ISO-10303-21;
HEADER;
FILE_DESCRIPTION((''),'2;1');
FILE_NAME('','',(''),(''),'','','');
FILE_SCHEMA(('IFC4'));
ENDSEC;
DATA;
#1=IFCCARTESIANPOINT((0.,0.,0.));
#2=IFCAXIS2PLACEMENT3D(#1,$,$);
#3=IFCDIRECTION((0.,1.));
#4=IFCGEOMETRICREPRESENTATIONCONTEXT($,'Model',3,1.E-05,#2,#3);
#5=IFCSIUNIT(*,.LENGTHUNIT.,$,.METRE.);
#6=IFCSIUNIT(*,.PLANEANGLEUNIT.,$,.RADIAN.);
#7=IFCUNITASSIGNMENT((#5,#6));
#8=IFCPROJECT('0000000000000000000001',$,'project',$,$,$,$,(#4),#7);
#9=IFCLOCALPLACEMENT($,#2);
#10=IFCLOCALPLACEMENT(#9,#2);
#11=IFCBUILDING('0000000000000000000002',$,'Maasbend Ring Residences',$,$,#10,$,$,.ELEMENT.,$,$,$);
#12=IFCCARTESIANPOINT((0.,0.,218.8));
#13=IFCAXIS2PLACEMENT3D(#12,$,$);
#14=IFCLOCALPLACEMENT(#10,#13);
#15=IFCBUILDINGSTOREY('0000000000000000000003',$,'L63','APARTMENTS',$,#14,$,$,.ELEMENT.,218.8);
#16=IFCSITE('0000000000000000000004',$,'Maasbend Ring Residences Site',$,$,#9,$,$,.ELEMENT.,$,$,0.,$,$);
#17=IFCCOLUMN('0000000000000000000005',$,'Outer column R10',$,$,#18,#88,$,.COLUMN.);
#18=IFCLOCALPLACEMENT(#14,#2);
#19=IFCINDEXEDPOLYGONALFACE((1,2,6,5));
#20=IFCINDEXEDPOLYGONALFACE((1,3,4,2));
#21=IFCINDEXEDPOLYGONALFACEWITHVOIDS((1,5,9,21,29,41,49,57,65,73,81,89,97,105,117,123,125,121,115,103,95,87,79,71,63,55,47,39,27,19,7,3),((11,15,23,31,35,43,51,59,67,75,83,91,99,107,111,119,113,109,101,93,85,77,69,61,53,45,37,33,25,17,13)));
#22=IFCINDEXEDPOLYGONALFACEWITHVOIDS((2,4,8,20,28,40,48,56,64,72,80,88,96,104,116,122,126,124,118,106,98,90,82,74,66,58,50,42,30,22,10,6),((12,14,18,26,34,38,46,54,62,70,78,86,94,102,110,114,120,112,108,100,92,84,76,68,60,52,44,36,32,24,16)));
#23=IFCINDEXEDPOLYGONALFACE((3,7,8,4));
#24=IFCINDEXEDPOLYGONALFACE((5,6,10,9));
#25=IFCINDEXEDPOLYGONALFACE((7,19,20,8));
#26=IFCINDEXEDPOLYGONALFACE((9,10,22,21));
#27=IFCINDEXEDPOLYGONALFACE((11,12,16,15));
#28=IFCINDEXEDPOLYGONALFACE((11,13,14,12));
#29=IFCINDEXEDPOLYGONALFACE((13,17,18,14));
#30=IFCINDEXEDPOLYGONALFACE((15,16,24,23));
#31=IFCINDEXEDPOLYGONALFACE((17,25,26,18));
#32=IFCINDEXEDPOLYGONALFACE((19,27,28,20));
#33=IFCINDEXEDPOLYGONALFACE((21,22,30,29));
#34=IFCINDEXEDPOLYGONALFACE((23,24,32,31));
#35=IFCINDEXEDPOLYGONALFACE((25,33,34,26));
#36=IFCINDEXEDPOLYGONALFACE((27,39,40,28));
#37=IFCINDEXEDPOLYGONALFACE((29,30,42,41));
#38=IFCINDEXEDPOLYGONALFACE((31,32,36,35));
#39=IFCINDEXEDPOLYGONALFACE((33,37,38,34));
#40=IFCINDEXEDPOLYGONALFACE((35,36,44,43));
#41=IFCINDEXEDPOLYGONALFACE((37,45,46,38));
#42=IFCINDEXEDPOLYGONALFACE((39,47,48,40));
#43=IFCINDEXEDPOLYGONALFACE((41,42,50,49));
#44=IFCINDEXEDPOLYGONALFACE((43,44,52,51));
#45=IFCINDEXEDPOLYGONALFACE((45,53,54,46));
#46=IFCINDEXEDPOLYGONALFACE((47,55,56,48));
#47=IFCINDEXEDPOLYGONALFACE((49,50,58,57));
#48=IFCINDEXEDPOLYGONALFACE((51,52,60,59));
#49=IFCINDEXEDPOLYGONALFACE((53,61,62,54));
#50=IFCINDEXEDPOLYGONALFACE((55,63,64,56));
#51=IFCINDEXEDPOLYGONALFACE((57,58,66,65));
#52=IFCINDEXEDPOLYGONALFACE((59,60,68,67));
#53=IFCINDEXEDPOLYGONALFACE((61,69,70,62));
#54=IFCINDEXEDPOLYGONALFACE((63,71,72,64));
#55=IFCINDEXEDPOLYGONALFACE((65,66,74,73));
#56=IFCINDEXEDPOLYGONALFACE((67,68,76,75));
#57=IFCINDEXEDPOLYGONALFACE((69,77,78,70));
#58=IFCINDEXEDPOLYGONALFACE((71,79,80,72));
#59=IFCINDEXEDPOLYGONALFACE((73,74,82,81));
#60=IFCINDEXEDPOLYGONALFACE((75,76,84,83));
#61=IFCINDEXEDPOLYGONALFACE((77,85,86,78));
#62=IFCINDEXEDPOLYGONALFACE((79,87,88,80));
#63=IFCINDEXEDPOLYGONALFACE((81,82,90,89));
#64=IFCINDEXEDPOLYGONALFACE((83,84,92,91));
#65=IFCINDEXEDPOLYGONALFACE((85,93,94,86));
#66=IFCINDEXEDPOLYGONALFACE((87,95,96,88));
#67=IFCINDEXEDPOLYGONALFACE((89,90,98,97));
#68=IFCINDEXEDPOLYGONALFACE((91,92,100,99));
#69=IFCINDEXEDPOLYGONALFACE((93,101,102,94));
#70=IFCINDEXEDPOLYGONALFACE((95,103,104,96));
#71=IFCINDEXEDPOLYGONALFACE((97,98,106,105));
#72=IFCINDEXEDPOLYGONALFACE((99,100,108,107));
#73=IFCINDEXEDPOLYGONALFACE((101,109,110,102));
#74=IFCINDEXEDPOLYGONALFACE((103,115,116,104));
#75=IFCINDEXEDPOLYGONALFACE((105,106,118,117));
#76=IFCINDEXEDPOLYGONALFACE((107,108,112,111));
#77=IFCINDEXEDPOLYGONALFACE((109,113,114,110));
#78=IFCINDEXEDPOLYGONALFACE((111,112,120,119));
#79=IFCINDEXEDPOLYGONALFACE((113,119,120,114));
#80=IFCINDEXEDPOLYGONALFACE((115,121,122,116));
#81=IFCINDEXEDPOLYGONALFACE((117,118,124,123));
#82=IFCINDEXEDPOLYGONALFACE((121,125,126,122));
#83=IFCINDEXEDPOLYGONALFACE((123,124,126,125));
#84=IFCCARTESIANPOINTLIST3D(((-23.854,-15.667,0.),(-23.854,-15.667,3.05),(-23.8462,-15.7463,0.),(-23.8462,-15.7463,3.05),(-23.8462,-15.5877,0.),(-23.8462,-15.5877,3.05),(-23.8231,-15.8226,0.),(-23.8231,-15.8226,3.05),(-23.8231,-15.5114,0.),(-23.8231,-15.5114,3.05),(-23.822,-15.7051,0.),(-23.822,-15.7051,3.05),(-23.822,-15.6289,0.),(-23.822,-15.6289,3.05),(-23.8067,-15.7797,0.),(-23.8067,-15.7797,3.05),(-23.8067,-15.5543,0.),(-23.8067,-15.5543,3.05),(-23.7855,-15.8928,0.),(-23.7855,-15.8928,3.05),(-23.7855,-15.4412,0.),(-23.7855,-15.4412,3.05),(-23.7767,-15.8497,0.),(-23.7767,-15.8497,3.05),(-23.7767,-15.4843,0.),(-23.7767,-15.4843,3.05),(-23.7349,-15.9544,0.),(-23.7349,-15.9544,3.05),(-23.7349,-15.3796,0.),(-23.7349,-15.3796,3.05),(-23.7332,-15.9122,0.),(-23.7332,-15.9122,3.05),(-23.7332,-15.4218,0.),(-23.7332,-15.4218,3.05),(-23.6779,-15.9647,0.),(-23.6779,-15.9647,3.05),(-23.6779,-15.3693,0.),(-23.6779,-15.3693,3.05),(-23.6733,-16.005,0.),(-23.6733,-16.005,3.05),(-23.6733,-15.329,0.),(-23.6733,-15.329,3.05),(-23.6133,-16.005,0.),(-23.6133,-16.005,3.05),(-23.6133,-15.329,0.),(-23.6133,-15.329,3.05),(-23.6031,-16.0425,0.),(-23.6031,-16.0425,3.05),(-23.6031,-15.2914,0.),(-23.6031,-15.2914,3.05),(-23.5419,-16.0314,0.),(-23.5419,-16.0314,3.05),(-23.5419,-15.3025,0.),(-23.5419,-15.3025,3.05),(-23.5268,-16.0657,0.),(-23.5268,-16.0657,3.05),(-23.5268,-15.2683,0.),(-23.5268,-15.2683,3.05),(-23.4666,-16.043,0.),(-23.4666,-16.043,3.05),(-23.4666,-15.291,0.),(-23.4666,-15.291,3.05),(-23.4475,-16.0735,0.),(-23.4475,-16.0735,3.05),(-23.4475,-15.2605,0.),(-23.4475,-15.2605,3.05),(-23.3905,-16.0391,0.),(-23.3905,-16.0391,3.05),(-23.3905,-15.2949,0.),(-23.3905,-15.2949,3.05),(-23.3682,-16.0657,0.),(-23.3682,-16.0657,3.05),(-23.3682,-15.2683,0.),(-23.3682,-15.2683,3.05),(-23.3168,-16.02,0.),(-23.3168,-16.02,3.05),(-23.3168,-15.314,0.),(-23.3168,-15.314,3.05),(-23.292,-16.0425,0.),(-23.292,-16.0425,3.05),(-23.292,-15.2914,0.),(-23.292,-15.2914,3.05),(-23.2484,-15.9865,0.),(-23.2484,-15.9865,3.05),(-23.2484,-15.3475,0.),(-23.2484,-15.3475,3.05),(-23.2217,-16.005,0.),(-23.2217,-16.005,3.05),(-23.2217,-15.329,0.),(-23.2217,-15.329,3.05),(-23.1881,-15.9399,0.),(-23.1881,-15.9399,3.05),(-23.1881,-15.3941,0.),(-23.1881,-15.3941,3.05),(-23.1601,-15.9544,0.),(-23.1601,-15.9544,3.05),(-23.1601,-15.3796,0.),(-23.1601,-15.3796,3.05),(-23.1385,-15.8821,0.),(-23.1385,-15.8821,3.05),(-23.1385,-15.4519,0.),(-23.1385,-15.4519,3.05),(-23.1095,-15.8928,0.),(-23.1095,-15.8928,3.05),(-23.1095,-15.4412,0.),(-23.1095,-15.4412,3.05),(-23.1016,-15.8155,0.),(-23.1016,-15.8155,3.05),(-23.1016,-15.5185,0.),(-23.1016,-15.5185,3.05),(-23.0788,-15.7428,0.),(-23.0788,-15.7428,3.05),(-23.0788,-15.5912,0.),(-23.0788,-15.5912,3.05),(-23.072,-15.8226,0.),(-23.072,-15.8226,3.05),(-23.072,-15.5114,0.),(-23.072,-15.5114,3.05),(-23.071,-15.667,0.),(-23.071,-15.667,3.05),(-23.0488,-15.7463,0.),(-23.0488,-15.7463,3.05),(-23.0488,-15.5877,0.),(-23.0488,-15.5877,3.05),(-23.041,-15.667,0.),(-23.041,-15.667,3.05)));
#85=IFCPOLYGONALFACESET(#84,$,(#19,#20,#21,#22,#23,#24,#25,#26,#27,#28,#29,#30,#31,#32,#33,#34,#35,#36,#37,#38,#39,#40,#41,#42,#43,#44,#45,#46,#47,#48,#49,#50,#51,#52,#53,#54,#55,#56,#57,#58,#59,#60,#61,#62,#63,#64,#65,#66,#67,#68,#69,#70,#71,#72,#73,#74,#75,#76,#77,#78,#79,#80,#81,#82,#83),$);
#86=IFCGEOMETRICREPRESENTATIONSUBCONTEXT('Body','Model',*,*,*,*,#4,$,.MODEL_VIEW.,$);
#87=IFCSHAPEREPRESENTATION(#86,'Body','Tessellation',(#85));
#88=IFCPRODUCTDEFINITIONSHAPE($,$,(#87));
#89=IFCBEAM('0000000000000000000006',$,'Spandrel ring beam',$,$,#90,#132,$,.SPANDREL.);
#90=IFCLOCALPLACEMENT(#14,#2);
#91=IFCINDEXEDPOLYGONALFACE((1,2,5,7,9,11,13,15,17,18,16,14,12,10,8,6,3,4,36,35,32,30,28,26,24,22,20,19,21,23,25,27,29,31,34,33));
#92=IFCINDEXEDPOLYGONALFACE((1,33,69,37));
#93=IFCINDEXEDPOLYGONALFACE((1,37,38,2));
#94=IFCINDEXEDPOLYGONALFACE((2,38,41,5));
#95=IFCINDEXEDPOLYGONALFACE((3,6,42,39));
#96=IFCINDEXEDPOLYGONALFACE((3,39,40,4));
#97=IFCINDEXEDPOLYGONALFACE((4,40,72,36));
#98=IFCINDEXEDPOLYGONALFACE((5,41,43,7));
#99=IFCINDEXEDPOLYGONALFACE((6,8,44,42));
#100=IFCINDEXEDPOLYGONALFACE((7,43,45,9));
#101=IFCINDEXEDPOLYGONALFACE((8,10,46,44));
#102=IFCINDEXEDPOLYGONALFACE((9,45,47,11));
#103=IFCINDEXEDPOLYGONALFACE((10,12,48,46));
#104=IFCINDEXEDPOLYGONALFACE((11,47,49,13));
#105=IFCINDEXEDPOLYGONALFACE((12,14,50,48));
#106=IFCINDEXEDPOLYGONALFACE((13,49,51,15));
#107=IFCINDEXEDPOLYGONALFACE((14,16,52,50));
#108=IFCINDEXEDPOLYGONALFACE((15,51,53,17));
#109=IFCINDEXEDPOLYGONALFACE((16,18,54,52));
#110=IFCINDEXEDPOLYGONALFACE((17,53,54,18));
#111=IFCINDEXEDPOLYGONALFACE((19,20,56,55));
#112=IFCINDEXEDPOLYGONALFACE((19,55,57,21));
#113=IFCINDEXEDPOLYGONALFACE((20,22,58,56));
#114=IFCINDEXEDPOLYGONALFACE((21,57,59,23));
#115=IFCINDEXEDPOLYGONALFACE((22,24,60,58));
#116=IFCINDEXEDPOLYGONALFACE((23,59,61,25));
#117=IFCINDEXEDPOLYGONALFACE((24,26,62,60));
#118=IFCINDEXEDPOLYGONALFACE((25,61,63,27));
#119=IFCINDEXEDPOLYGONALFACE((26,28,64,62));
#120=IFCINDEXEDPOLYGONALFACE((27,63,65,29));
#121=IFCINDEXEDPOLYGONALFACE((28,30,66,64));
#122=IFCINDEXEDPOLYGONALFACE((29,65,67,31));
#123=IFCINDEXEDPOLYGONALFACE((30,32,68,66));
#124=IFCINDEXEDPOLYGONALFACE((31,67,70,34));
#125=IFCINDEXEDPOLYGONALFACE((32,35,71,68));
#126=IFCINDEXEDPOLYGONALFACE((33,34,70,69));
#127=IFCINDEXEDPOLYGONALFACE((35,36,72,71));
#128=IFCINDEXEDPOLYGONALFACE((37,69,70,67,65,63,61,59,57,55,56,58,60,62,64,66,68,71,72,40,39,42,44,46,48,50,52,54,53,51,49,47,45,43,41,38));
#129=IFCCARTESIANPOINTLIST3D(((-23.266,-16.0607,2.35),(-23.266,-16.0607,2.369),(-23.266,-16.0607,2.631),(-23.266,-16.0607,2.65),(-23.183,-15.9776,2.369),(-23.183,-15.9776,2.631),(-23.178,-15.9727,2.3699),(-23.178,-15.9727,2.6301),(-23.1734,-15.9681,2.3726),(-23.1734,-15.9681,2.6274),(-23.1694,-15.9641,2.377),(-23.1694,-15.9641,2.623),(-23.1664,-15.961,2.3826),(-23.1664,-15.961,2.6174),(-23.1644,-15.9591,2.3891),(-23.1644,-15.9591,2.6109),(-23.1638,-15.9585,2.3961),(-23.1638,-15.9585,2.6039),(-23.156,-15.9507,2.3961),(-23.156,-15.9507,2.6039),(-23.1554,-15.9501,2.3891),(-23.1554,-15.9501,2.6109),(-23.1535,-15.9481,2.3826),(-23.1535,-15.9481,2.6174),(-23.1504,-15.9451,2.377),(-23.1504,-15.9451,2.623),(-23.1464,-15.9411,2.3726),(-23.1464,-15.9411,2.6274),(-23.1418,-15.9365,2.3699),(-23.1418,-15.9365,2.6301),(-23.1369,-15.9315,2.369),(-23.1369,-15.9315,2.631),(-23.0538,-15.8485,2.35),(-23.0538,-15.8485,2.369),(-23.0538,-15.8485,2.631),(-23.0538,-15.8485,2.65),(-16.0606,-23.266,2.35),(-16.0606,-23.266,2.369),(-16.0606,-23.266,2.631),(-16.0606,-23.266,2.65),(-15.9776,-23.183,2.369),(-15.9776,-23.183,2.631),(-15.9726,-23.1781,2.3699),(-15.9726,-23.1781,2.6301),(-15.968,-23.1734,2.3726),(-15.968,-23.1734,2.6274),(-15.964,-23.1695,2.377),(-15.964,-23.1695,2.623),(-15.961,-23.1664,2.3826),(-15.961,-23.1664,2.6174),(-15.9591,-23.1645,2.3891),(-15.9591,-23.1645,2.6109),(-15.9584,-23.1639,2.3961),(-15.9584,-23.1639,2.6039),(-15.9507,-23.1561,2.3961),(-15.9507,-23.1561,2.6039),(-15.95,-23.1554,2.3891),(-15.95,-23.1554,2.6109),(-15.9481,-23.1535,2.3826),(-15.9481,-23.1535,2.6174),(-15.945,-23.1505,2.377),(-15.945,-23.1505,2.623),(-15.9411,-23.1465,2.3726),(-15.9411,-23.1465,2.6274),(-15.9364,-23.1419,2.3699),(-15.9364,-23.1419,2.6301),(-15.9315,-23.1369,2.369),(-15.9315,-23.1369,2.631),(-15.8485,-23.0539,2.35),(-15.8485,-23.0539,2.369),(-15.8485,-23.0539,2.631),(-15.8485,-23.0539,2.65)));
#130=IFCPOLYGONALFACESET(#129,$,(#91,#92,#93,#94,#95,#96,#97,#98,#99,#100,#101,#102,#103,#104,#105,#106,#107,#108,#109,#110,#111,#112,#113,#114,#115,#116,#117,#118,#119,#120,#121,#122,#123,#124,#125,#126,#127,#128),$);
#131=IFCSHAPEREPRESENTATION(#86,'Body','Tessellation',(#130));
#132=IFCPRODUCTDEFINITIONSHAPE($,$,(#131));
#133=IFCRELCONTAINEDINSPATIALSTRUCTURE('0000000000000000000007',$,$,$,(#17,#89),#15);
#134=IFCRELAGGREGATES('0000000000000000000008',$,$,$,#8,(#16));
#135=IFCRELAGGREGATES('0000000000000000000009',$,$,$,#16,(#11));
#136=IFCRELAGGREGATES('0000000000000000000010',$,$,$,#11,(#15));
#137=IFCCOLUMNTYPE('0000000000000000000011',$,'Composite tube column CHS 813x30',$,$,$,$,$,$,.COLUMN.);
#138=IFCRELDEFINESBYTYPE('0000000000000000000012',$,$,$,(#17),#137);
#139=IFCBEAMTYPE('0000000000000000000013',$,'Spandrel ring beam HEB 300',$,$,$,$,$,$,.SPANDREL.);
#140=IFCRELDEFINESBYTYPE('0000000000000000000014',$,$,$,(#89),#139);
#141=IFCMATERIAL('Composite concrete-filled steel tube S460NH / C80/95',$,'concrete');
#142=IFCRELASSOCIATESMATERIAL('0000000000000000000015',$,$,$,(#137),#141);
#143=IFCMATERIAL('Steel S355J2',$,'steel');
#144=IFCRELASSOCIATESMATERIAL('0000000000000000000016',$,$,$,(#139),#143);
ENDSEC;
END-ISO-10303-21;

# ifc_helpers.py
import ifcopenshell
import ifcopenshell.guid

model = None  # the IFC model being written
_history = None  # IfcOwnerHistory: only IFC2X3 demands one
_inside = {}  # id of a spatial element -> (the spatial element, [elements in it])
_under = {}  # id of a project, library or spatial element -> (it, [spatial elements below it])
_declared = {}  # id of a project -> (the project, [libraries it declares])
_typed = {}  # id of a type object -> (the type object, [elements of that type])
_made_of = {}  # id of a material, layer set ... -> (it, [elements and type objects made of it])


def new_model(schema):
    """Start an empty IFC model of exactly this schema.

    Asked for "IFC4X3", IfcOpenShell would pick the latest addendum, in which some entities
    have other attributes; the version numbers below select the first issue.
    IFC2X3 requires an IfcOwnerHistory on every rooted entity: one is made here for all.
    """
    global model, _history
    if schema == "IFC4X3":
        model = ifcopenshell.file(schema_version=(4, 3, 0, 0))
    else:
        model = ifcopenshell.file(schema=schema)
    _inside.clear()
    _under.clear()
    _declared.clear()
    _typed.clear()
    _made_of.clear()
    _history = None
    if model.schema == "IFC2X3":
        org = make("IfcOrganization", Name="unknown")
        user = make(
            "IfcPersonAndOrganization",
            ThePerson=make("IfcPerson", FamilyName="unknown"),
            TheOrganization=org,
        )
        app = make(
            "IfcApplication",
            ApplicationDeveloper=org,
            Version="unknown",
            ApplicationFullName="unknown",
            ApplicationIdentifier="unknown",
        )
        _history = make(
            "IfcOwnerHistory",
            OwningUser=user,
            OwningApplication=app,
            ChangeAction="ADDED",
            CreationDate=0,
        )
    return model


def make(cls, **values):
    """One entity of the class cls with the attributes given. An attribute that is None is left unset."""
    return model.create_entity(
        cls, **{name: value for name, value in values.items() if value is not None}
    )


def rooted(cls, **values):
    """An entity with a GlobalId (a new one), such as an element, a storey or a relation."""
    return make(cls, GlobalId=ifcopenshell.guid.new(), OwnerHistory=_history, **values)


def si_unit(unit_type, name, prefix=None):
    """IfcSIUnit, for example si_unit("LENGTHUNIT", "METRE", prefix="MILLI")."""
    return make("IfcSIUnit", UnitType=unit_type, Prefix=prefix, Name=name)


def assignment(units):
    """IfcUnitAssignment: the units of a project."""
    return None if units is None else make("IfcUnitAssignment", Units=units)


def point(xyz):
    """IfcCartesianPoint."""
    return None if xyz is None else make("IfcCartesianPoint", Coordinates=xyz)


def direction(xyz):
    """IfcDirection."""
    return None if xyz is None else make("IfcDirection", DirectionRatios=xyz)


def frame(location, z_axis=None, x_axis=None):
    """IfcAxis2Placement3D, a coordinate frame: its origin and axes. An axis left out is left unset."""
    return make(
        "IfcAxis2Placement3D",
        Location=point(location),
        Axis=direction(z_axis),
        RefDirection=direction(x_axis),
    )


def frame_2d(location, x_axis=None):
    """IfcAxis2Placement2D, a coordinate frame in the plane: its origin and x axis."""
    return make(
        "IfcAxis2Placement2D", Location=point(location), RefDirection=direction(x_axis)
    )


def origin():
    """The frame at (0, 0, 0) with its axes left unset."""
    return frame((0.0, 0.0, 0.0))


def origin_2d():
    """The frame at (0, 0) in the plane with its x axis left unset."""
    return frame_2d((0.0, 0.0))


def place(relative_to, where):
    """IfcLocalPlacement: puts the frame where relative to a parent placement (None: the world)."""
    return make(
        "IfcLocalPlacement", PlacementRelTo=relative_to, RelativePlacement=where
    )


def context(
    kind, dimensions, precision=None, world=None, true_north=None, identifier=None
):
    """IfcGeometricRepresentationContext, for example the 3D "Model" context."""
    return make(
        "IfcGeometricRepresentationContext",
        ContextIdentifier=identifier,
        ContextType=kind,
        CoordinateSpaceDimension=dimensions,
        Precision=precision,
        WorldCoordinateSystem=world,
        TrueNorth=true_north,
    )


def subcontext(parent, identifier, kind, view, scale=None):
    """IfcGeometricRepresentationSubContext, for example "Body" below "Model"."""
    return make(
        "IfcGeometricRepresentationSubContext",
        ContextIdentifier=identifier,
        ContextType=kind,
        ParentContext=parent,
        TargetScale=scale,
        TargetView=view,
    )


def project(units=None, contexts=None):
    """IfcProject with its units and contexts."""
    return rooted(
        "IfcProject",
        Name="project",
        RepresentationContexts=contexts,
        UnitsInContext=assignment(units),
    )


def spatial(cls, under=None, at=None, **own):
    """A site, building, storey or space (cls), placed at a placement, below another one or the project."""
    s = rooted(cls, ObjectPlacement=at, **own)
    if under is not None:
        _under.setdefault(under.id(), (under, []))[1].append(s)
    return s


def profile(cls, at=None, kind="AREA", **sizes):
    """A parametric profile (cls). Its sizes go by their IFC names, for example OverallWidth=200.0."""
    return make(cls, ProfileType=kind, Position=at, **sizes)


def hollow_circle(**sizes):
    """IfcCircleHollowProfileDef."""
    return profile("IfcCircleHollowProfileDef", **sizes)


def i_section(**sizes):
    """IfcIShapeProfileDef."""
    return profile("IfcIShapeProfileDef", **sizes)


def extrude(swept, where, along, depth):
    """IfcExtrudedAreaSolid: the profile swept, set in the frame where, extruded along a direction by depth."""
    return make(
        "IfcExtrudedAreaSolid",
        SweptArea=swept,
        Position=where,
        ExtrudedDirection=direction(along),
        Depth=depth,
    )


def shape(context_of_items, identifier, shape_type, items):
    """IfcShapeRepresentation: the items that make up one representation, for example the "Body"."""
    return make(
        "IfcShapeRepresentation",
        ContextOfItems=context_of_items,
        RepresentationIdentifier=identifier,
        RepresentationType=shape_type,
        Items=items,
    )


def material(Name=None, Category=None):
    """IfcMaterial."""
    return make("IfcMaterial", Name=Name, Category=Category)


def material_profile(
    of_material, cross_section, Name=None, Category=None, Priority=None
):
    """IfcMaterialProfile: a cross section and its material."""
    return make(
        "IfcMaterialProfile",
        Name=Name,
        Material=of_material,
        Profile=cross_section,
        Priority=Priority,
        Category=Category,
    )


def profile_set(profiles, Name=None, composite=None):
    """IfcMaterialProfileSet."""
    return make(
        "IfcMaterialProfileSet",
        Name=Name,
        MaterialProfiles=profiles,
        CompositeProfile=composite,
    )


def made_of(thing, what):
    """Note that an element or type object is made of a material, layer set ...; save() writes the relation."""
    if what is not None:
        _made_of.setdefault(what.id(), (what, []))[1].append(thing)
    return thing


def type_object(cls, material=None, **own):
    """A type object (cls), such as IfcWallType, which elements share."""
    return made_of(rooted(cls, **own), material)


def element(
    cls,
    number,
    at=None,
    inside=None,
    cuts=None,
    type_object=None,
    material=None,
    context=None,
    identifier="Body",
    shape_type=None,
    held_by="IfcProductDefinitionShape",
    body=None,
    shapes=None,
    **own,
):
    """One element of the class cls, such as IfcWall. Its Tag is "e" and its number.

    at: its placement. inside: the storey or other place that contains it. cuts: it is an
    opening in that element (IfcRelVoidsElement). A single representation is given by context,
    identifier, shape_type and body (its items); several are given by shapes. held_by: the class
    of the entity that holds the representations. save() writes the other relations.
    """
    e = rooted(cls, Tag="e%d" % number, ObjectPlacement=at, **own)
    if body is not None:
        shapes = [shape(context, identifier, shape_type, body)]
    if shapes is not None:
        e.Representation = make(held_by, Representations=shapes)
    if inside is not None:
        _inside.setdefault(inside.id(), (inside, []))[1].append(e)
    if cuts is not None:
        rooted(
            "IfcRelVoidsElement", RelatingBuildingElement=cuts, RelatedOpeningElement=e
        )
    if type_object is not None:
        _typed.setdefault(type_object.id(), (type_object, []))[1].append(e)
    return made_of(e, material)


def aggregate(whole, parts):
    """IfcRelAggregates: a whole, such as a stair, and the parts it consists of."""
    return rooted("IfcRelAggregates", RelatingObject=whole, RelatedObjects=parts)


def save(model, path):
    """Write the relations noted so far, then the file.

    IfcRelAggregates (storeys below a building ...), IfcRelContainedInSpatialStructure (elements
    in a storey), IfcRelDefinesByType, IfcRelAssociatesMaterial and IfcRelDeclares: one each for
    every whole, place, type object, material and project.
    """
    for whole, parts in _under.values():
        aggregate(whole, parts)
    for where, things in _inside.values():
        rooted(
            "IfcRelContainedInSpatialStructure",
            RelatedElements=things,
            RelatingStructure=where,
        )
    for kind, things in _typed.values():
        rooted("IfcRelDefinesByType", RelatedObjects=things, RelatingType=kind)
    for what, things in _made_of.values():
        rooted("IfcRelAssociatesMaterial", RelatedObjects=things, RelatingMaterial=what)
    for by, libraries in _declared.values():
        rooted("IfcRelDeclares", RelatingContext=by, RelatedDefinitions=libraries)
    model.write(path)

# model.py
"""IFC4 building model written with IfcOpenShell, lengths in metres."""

from ifc_helpers import new_model, si_unit, direction, frame, origin, origin_2d, place, context, subcontext, project, spatial, hollow_circle, i_section, extrude, material, material_profile, profile_set, type_object, element, save


model = new_model("IFC4")

# Units and contexts
model_context = context("Model", 3, precision=1e-05, world=origin(), true_north=direction((0.0, 1.0)))
body_context = subcontext(model_context, "Body", "Model", "MODEL_VIEW")
ifc_project = project(units=[si_unit("LENGTHUNIT", "METRE"), si_unit("PLANEANGLEUNIT", "RADIAN")], contexts=[model_context])

# Site, building, storey
site_placement = place(None, origin())
site = spatial("IfcSite", under=ifc_project, at=site_placement, Name="Maasbend Ring Residences Site", CompositionType="ELEMENT", RefElevation=0.0)
building_placement = place(site_placement, origin())
building = spatial("IfcBuilding", under=site, at=building_placement, Name="Maasbend Ring Residences", CompositionType="ELEMENT")
storey_placement = place(building_placement, frame((0.0, 0.0, 218.8)))
storey = spatial("IfcBuildingStorey", under=building, at=storey_placement, Name="L63", Description="APARTMENTS", CompositionType="ELEMENT", Elevation=218.8)

# Column
ifc_material_1 = material(Name="Composite concrete-filled steel tube S460NH / C80/95", Category="concrete")
ifc_material_profile_1 = material_profile(ifc_material_1, hollow_circle(Radius=0.4065, WallThickness=0.03, at=origin_2d()), Name="Composite tube column CHS 813x30")
ifc_profile_set_1 = profile_set([ifc_material_profile_1], Name="Composite concrete-filled steel tube S460NH / C80/95")
column_type = type_object("IfcColumnType", Name="Composite tube column CHS 813x30", PredefinedType="COLUMN", material=ifc_profile_set_1)
column_placement = place(storey_placement, frame((-23.4475, -15.667, 0.0), z_axis=(0.0, 0.0, 1.0), x_axis=(1.0, 0.0, 0.0)))
element("IfcColumn", 1, at=column_placement, inside=storey, type_object=column_type, Name="Outer column R10", PredefinedType="COLUMN", context=body_context, shape_type="SweptSolid", body=[
    extrude(hollow_circle(Radius=0.4065, WallThickness=0.03, at=origin_2d()), origin(), (0.0, 0.0, 1.0), 3.05),
])

# Beam
ifc_material_2 = material(Name="Steel S355J2", Category="steel")
ifc_material_profile_2 = material_profile(ifc_material_2, i_section(OverallWidth=0.3, OverallDepth=0.3, WebThickness=0.011, FlangeThickness=0.019, FilletRadius=0.0271, at=origin_2d()), Name="HEB 300")
ifc_profile_set_2 = profile_set([ifc_material_profile_2], Name="Steel S355J2")
beam_type = type_object("IfcBeamType", Name="Spandrel ring beam HEB 300", PredefinedType="SPANDREL", material=ifc_profile_set_2)
beam_placement = place(storey_placement, frame((-23.1599, -15.9546, 2.5), z_axis=(0.707107, -0.707107, 0.0), x_axis=(0.707107, 0.707107, 0.0)))
element("IfcBeam", 2, at=beam_placement, inside=storey, type_object=beam_type, Name="Spandrel ring beam", PredefinedType="SPANDREL", context=body_context, shape_type="SweptSolid", body=[
    extrude(i_section(OverallWidth=0.3, OverallDepth=0.3, WebThickness=0.011, FlangeThickness=0.019, FilletRadius=0.0271, at=origin_2d()), origin(), (0.0, 0.0, 1.0), 10.1899),
])

save(model, "model.ifc")
